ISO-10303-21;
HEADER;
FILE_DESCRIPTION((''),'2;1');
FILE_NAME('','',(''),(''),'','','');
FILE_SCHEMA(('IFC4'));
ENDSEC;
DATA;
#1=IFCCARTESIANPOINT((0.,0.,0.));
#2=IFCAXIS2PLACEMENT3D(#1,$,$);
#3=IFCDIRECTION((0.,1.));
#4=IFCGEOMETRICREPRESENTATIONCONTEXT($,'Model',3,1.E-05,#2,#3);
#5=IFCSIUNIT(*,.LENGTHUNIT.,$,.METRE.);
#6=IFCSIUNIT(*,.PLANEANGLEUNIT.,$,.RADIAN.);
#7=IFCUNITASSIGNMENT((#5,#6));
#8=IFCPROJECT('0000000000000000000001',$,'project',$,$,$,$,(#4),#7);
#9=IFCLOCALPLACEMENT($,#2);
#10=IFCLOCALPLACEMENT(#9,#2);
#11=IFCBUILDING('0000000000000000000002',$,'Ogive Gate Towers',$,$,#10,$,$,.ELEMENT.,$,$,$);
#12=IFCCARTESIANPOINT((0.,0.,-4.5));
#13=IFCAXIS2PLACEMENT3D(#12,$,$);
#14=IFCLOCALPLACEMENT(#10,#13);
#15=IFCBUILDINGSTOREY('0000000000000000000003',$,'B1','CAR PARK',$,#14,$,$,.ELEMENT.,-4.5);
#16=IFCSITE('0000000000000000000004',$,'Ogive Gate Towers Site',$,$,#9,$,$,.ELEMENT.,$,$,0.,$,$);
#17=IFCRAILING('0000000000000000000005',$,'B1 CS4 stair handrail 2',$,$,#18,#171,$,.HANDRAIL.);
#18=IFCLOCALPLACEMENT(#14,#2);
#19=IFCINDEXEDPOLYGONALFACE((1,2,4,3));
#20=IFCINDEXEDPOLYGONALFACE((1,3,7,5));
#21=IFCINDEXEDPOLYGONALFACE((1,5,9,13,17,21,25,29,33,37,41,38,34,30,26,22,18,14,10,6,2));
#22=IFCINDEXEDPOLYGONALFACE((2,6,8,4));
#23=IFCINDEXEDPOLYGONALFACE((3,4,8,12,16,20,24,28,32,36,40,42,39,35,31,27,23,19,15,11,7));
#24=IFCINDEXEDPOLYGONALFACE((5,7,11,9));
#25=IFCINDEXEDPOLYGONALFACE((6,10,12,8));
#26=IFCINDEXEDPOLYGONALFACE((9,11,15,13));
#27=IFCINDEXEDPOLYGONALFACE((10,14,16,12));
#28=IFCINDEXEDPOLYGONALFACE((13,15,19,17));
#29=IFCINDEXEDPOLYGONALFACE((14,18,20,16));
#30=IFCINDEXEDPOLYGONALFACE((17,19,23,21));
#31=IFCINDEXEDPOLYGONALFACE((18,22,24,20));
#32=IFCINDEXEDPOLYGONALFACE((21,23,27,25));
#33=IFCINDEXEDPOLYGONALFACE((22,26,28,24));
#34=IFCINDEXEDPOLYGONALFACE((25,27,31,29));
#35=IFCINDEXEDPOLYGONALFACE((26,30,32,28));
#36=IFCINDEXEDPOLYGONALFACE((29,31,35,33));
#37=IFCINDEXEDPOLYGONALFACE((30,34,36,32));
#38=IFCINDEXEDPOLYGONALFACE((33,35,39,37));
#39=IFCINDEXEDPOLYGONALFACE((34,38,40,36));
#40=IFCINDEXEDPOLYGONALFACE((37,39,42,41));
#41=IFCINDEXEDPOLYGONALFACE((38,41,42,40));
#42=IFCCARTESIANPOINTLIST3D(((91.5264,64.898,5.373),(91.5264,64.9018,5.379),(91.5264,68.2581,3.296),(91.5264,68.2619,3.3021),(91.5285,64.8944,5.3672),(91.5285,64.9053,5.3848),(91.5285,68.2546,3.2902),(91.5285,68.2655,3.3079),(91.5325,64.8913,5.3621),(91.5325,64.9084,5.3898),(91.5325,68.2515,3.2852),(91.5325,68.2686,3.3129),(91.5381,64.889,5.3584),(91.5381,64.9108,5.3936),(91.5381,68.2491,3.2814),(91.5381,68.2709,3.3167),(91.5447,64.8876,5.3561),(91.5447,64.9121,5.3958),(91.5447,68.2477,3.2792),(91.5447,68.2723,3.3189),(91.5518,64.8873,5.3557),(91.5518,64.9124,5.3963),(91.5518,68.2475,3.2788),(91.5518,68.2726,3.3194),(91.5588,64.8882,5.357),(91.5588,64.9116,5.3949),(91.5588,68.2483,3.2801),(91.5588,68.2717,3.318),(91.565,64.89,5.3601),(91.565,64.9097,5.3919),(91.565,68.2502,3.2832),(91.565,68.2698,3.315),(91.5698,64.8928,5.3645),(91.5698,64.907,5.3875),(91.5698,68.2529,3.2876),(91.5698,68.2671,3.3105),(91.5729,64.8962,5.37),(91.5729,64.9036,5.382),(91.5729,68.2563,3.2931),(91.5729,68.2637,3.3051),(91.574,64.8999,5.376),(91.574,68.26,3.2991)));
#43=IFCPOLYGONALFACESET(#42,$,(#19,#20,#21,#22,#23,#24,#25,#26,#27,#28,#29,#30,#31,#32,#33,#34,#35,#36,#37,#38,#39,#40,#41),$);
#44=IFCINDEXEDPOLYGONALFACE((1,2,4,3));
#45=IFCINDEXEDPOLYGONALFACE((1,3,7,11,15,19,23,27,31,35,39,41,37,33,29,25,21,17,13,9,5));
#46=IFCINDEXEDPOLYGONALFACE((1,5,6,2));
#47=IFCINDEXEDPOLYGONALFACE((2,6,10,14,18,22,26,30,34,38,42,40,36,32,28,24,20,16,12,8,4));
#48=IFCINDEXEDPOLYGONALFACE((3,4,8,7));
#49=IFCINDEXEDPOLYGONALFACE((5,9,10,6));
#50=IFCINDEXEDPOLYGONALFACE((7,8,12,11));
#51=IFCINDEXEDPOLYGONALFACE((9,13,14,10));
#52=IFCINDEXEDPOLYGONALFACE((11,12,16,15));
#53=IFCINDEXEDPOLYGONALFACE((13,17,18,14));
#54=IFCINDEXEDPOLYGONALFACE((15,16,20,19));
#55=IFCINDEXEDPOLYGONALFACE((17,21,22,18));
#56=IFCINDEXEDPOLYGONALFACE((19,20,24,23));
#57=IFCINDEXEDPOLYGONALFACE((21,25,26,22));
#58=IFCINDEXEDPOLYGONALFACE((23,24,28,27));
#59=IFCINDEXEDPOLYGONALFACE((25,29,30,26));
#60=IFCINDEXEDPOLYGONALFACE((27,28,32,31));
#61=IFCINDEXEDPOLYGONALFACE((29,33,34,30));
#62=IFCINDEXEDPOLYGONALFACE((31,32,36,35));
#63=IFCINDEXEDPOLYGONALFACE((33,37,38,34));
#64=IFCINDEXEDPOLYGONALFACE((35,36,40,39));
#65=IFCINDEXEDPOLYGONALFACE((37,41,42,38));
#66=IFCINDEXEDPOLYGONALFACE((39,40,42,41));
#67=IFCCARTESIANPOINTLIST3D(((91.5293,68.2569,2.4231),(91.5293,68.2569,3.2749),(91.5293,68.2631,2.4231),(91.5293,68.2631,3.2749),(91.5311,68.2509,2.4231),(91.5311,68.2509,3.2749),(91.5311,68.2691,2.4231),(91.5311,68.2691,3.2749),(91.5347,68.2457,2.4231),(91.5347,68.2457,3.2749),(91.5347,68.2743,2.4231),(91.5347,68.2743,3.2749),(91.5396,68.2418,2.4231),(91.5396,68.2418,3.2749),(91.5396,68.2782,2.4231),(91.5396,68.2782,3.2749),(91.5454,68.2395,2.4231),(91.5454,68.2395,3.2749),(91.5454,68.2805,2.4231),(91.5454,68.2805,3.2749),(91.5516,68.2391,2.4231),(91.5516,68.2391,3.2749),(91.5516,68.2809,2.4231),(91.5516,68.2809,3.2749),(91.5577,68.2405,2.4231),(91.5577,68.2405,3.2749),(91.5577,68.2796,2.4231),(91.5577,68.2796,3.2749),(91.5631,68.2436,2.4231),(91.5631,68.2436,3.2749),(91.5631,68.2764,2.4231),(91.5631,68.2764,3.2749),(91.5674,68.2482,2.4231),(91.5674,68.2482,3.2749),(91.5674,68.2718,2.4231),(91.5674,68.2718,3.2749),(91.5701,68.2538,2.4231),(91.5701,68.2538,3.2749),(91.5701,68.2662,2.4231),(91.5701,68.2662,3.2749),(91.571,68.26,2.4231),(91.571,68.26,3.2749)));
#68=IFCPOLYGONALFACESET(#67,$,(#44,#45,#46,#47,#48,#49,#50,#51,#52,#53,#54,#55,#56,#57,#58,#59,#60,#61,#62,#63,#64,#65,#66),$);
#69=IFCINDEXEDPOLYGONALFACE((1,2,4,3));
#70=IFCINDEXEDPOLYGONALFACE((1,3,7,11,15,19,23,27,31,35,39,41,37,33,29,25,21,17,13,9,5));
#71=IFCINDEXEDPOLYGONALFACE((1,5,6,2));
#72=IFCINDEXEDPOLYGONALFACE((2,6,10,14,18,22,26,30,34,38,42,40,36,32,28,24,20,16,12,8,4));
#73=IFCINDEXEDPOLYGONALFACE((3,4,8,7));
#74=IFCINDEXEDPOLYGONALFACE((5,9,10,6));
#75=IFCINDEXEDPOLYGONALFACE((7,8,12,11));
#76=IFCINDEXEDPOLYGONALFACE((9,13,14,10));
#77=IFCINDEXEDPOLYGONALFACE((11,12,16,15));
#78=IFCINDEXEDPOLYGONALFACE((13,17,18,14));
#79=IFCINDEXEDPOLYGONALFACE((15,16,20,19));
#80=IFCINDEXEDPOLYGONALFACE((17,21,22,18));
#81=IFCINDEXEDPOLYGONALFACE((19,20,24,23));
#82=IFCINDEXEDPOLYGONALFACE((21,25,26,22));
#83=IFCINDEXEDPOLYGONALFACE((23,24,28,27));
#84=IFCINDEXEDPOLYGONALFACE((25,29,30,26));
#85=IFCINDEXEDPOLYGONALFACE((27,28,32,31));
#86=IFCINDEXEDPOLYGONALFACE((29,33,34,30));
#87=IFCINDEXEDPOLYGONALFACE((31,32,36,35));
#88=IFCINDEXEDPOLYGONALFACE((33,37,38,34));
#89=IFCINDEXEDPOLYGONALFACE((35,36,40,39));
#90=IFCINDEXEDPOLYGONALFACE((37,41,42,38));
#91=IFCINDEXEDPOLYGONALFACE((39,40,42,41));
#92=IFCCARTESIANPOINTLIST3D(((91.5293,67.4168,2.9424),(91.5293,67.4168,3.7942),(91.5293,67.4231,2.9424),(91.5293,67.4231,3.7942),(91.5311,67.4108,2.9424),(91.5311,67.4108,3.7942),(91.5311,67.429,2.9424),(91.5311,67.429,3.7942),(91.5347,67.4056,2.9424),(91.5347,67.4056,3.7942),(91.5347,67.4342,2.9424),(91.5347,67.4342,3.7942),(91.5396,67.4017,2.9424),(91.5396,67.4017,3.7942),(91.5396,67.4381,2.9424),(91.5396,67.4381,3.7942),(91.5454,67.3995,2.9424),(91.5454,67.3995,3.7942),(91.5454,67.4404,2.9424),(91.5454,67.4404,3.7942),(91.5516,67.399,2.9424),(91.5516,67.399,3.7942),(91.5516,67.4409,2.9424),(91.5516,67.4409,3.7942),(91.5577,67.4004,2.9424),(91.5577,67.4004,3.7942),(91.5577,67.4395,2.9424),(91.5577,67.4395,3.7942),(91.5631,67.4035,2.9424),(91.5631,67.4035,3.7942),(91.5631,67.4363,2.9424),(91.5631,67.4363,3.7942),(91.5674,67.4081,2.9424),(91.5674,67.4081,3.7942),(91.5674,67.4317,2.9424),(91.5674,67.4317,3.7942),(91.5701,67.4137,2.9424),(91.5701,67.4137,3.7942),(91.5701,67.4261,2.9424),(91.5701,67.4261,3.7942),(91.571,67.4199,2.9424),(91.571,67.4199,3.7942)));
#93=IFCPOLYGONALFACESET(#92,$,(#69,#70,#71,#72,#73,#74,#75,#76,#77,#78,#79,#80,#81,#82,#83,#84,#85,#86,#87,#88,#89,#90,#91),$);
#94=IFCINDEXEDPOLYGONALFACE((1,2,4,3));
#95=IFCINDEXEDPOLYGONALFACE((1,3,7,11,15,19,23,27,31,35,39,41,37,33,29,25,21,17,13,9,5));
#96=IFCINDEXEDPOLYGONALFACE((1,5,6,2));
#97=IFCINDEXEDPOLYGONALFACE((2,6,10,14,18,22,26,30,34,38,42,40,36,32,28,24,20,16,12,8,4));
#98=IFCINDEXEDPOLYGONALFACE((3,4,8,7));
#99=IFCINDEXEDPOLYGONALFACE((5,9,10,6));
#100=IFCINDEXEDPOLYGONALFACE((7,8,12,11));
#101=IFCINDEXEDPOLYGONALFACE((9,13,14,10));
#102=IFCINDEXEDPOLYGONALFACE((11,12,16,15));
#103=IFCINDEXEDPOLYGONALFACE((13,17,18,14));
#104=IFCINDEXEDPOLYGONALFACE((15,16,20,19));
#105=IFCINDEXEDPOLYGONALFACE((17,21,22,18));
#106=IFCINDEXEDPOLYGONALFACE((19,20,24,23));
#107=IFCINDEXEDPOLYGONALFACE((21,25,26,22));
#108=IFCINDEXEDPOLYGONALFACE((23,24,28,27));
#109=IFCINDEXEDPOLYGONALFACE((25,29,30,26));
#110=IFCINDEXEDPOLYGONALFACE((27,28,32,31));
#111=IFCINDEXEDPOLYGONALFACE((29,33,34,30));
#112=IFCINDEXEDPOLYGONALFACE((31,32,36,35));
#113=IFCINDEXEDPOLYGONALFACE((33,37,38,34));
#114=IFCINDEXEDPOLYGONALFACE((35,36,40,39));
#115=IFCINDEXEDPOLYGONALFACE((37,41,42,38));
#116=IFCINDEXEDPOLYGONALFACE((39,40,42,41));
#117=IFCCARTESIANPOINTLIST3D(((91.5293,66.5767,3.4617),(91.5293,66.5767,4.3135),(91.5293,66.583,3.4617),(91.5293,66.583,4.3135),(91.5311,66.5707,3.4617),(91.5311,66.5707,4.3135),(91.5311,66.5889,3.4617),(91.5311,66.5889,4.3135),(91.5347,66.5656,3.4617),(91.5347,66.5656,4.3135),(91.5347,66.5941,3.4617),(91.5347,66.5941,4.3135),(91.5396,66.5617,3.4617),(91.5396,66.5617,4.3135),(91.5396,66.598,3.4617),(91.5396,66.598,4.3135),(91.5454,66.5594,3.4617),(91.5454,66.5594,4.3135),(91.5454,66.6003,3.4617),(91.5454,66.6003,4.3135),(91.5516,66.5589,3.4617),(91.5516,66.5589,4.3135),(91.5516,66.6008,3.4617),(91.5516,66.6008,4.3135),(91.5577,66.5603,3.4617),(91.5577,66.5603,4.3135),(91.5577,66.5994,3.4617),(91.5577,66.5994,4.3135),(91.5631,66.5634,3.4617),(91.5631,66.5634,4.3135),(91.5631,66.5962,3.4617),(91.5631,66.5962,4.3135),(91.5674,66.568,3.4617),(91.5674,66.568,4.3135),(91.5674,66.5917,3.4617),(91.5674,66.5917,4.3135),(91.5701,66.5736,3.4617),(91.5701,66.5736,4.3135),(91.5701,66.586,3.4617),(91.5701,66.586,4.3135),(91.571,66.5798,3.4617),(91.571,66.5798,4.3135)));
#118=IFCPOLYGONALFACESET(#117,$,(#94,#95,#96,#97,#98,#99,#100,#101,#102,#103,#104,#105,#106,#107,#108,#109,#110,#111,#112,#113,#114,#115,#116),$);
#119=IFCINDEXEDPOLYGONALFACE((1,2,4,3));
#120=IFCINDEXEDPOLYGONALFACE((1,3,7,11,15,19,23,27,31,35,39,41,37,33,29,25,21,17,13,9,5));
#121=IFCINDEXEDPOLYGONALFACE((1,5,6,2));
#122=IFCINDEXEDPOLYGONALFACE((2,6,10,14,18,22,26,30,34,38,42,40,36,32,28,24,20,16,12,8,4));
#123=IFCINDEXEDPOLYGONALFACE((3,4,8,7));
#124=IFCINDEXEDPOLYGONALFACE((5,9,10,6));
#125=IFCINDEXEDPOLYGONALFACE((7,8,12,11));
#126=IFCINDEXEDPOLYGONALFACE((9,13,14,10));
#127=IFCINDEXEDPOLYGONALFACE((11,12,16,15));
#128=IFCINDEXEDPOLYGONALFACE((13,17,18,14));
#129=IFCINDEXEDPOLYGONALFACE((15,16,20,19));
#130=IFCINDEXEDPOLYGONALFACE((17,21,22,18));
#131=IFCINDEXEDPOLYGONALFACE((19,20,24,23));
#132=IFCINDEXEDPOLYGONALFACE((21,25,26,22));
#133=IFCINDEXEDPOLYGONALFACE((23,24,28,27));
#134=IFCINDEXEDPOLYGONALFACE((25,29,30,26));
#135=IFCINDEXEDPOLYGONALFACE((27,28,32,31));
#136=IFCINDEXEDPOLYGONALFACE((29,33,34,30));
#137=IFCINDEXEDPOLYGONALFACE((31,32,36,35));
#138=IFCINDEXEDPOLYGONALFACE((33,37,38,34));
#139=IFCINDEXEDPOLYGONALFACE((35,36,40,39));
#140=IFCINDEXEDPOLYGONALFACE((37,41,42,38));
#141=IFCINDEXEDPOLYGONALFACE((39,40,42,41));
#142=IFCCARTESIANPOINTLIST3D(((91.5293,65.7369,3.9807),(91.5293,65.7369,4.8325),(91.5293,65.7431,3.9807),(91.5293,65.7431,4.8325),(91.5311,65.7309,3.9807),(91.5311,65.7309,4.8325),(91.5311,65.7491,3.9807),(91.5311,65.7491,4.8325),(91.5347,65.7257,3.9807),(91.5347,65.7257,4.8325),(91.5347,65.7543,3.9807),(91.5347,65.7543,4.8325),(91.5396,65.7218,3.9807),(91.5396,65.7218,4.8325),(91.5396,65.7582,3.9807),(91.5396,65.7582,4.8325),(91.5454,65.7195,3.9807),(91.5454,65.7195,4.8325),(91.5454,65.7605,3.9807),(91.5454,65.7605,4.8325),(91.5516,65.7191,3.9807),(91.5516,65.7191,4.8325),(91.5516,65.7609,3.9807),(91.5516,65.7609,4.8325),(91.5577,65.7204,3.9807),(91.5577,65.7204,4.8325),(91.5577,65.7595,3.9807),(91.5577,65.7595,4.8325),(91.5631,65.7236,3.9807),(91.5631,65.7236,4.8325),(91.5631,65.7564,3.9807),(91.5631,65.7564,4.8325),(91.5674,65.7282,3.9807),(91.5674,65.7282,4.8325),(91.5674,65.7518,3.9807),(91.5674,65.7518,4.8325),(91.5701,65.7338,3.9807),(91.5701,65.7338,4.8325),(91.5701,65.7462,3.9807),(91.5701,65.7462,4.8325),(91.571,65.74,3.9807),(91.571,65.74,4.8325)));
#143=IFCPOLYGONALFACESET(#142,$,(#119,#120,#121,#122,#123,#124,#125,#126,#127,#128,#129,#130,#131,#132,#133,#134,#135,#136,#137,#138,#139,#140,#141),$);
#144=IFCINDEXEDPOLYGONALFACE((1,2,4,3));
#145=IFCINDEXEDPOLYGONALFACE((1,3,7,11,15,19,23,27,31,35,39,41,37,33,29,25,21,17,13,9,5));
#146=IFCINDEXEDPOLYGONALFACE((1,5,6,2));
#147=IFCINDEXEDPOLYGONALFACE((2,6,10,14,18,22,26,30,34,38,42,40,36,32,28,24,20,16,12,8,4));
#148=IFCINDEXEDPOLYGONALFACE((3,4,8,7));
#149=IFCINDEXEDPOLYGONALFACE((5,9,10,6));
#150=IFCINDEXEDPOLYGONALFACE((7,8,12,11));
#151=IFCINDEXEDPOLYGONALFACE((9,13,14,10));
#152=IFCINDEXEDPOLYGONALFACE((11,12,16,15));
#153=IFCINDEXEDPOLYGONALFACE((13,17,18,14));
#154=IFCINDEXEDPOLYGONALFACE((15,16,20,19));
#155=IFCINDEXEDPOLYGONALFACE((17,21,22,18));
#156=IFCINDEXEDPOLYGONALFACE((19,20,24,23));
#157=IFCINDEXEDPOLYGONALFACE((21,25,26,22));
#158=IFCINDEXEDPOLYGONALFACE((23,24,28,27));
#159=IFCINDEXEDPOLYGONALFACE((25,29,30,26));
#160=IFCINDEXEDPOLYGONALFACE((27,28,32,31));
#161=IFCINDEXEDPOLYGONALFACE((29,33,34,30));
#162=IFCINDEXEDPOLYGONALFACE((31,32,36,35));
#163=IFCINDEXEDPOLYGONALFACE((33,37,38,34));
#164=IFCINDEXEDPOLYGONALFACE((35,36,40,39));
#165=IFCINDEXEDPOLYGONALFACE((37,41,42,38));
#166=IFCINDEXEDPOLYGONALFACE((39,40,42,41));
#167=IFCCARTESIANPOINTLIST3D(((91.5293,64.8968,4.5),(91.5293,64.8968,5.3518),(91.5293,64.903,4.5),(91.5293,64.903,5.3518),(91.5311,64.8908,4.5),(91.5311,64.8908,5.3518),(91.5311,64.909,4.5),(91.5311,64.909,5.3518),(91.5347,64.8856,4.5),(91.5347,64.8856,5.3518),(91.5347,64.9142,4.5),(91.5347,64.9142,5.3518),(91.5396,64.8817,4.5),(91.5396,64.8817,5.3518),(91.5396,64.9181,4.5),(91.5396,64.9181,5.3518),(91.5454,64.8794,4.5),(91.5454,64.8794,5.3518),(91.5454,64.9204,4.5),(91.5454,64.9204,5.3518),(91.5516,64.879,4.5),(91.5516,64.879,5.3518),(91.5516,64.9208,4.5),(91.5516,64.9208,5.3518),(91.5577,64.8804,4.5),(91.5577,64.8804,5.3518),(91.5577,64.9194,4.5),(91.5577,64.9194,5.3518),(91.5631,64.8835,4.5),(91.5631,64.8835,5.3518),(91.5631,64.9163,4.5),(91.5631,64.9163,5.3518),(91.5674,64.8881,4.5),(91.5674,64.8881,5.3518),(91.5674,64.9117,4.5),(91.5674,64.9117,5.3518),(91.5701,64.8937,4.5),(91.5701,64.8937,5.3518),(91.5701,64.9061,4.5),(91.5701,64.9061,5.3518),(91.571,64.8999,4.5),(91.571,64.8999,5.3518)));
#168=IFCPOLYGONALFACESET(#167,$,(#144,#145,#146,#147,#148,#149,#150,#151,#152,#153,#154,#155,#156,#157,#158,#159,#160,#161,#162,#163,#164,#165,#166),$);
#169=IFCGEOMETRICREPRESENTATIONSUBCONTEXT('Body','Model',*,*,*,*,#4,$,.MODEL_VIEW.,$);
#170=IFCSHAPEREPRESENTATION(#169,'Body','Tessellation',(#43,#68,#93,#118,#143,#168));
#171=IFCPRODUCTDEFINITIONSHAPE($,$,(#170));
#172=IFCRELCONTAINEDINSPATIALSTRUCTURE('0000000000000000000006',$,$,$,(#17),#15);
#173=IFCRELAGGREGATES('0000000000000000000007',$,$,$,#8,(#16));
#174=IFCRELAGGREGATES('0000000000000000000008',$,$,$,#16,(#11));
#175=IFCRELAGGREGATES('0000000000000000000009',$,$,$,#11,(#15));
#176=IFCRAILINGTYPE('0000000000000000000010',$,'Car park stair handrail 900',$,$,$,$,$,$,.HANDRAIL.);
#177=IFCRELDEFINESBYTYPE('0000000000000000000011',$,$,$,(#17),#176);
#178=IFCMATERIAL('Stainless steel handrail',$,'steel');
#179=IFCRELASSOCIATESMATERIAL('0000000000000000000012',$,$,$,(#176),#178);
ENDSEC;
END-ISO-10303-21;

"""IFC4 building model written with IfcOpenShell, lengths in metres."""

from ifc_helpers import new_model, si_unit, direction, frame, origin, origin_2d, place, context, subcontext, project, spatial, circle, extrude, material, type_object, element, save


model = new_model("IFC4")

# Units and contexts
model_context = context("Model", 3, precision=1e-05, world=origin(), true_north=direction((0.0, 1.0)))
body_context = subcontext(model_context, "Body", "Model", "MODEL_VIEW")
ifc_project = project(units=[si_unit("LENGTHUNIT", "METRE"), si_unit("PLANEANGLEUNIT", "RADIAN")], contexts=[model_context])

# Site, building, storey
site_placement = place(None, origin())
site = spatial("IfcSite", under=ifc_project, at=site_placement, Name="Ogive Gate Towers Site", CompositionType="ELEMENT", RefElevation=0.0)
building_placement = place(site_placement, origin())
building = spatial("IfcBuilding", under=site, at=building_placement, Name="Ogive Gate Towers", CompositionType="ELEMENT")
storey_placement = place(building_placement, frame((0.0, 0.0, -4.5)))
storey = spatial("IfcBuildingStorey", under=building, at=storey_placement, Name="B1", Description="CAR PARK", CompositionType="ELEMENT", Elevation=-4.5)

# Railing
ifc_material_1 = material(Name="Stainless steel handrail", Category="steel")
railing_type_1 = type_object("IfcRailingType", Name="Car park stair handrail 900", PredefinedType="HANDRAIL", material=ifc_material_1)
railing_1_placement = place(storey_placement, frame((91.55, 68.26, 2.4231)))
element("IfcRailing", 1, at=railing_1_placement, inside=storey, type_object=railing_type_1, Name="B1 CS4 stair handrail 2", PredefinedType="HANDRAIL", context=body_context, shape_type="SweptSolid", body=[
    extrude(circle(Radius=0.0239, at=origin_2d()), frame((0.0, 0.0, 0.876), z_axis=(0.0, -0.850623, 0.525776), x_axis=(1.0, 0.0, 0.0)), (0.0, 0.0, 1.0), 3.9502),
    extrude(circle(Radius=0.021, at=origin_2d()), origin(), (0.0, 0.0, 1.0), 0.8518),
    extrude(circle(Radius=0.021, at=origin_2d()), frame((0.0, -0.8401, 0.5193)), (0.0, 0.0, 1.0), 0.8518),
    extrude(circle(Radius=0.021, at=origin_2d()), frame((0.0, -1.6802, 1.0386)), (0.0, 0.0, 1.0), 0.8518),
    extrude(circle(Radius=0.021, at=origin_2d()), frame((0.0, -2.52, 1.5576)), (0.0, 0.0, 1.0), 0.8518),
    extrude(circle(Radius=0.021, at=origin_2d()), frame((0.0, -3.3601, 2.0769)), (0.0, 0.0, 1.0), 0.8518),
])

save(model, "model.ifc")
